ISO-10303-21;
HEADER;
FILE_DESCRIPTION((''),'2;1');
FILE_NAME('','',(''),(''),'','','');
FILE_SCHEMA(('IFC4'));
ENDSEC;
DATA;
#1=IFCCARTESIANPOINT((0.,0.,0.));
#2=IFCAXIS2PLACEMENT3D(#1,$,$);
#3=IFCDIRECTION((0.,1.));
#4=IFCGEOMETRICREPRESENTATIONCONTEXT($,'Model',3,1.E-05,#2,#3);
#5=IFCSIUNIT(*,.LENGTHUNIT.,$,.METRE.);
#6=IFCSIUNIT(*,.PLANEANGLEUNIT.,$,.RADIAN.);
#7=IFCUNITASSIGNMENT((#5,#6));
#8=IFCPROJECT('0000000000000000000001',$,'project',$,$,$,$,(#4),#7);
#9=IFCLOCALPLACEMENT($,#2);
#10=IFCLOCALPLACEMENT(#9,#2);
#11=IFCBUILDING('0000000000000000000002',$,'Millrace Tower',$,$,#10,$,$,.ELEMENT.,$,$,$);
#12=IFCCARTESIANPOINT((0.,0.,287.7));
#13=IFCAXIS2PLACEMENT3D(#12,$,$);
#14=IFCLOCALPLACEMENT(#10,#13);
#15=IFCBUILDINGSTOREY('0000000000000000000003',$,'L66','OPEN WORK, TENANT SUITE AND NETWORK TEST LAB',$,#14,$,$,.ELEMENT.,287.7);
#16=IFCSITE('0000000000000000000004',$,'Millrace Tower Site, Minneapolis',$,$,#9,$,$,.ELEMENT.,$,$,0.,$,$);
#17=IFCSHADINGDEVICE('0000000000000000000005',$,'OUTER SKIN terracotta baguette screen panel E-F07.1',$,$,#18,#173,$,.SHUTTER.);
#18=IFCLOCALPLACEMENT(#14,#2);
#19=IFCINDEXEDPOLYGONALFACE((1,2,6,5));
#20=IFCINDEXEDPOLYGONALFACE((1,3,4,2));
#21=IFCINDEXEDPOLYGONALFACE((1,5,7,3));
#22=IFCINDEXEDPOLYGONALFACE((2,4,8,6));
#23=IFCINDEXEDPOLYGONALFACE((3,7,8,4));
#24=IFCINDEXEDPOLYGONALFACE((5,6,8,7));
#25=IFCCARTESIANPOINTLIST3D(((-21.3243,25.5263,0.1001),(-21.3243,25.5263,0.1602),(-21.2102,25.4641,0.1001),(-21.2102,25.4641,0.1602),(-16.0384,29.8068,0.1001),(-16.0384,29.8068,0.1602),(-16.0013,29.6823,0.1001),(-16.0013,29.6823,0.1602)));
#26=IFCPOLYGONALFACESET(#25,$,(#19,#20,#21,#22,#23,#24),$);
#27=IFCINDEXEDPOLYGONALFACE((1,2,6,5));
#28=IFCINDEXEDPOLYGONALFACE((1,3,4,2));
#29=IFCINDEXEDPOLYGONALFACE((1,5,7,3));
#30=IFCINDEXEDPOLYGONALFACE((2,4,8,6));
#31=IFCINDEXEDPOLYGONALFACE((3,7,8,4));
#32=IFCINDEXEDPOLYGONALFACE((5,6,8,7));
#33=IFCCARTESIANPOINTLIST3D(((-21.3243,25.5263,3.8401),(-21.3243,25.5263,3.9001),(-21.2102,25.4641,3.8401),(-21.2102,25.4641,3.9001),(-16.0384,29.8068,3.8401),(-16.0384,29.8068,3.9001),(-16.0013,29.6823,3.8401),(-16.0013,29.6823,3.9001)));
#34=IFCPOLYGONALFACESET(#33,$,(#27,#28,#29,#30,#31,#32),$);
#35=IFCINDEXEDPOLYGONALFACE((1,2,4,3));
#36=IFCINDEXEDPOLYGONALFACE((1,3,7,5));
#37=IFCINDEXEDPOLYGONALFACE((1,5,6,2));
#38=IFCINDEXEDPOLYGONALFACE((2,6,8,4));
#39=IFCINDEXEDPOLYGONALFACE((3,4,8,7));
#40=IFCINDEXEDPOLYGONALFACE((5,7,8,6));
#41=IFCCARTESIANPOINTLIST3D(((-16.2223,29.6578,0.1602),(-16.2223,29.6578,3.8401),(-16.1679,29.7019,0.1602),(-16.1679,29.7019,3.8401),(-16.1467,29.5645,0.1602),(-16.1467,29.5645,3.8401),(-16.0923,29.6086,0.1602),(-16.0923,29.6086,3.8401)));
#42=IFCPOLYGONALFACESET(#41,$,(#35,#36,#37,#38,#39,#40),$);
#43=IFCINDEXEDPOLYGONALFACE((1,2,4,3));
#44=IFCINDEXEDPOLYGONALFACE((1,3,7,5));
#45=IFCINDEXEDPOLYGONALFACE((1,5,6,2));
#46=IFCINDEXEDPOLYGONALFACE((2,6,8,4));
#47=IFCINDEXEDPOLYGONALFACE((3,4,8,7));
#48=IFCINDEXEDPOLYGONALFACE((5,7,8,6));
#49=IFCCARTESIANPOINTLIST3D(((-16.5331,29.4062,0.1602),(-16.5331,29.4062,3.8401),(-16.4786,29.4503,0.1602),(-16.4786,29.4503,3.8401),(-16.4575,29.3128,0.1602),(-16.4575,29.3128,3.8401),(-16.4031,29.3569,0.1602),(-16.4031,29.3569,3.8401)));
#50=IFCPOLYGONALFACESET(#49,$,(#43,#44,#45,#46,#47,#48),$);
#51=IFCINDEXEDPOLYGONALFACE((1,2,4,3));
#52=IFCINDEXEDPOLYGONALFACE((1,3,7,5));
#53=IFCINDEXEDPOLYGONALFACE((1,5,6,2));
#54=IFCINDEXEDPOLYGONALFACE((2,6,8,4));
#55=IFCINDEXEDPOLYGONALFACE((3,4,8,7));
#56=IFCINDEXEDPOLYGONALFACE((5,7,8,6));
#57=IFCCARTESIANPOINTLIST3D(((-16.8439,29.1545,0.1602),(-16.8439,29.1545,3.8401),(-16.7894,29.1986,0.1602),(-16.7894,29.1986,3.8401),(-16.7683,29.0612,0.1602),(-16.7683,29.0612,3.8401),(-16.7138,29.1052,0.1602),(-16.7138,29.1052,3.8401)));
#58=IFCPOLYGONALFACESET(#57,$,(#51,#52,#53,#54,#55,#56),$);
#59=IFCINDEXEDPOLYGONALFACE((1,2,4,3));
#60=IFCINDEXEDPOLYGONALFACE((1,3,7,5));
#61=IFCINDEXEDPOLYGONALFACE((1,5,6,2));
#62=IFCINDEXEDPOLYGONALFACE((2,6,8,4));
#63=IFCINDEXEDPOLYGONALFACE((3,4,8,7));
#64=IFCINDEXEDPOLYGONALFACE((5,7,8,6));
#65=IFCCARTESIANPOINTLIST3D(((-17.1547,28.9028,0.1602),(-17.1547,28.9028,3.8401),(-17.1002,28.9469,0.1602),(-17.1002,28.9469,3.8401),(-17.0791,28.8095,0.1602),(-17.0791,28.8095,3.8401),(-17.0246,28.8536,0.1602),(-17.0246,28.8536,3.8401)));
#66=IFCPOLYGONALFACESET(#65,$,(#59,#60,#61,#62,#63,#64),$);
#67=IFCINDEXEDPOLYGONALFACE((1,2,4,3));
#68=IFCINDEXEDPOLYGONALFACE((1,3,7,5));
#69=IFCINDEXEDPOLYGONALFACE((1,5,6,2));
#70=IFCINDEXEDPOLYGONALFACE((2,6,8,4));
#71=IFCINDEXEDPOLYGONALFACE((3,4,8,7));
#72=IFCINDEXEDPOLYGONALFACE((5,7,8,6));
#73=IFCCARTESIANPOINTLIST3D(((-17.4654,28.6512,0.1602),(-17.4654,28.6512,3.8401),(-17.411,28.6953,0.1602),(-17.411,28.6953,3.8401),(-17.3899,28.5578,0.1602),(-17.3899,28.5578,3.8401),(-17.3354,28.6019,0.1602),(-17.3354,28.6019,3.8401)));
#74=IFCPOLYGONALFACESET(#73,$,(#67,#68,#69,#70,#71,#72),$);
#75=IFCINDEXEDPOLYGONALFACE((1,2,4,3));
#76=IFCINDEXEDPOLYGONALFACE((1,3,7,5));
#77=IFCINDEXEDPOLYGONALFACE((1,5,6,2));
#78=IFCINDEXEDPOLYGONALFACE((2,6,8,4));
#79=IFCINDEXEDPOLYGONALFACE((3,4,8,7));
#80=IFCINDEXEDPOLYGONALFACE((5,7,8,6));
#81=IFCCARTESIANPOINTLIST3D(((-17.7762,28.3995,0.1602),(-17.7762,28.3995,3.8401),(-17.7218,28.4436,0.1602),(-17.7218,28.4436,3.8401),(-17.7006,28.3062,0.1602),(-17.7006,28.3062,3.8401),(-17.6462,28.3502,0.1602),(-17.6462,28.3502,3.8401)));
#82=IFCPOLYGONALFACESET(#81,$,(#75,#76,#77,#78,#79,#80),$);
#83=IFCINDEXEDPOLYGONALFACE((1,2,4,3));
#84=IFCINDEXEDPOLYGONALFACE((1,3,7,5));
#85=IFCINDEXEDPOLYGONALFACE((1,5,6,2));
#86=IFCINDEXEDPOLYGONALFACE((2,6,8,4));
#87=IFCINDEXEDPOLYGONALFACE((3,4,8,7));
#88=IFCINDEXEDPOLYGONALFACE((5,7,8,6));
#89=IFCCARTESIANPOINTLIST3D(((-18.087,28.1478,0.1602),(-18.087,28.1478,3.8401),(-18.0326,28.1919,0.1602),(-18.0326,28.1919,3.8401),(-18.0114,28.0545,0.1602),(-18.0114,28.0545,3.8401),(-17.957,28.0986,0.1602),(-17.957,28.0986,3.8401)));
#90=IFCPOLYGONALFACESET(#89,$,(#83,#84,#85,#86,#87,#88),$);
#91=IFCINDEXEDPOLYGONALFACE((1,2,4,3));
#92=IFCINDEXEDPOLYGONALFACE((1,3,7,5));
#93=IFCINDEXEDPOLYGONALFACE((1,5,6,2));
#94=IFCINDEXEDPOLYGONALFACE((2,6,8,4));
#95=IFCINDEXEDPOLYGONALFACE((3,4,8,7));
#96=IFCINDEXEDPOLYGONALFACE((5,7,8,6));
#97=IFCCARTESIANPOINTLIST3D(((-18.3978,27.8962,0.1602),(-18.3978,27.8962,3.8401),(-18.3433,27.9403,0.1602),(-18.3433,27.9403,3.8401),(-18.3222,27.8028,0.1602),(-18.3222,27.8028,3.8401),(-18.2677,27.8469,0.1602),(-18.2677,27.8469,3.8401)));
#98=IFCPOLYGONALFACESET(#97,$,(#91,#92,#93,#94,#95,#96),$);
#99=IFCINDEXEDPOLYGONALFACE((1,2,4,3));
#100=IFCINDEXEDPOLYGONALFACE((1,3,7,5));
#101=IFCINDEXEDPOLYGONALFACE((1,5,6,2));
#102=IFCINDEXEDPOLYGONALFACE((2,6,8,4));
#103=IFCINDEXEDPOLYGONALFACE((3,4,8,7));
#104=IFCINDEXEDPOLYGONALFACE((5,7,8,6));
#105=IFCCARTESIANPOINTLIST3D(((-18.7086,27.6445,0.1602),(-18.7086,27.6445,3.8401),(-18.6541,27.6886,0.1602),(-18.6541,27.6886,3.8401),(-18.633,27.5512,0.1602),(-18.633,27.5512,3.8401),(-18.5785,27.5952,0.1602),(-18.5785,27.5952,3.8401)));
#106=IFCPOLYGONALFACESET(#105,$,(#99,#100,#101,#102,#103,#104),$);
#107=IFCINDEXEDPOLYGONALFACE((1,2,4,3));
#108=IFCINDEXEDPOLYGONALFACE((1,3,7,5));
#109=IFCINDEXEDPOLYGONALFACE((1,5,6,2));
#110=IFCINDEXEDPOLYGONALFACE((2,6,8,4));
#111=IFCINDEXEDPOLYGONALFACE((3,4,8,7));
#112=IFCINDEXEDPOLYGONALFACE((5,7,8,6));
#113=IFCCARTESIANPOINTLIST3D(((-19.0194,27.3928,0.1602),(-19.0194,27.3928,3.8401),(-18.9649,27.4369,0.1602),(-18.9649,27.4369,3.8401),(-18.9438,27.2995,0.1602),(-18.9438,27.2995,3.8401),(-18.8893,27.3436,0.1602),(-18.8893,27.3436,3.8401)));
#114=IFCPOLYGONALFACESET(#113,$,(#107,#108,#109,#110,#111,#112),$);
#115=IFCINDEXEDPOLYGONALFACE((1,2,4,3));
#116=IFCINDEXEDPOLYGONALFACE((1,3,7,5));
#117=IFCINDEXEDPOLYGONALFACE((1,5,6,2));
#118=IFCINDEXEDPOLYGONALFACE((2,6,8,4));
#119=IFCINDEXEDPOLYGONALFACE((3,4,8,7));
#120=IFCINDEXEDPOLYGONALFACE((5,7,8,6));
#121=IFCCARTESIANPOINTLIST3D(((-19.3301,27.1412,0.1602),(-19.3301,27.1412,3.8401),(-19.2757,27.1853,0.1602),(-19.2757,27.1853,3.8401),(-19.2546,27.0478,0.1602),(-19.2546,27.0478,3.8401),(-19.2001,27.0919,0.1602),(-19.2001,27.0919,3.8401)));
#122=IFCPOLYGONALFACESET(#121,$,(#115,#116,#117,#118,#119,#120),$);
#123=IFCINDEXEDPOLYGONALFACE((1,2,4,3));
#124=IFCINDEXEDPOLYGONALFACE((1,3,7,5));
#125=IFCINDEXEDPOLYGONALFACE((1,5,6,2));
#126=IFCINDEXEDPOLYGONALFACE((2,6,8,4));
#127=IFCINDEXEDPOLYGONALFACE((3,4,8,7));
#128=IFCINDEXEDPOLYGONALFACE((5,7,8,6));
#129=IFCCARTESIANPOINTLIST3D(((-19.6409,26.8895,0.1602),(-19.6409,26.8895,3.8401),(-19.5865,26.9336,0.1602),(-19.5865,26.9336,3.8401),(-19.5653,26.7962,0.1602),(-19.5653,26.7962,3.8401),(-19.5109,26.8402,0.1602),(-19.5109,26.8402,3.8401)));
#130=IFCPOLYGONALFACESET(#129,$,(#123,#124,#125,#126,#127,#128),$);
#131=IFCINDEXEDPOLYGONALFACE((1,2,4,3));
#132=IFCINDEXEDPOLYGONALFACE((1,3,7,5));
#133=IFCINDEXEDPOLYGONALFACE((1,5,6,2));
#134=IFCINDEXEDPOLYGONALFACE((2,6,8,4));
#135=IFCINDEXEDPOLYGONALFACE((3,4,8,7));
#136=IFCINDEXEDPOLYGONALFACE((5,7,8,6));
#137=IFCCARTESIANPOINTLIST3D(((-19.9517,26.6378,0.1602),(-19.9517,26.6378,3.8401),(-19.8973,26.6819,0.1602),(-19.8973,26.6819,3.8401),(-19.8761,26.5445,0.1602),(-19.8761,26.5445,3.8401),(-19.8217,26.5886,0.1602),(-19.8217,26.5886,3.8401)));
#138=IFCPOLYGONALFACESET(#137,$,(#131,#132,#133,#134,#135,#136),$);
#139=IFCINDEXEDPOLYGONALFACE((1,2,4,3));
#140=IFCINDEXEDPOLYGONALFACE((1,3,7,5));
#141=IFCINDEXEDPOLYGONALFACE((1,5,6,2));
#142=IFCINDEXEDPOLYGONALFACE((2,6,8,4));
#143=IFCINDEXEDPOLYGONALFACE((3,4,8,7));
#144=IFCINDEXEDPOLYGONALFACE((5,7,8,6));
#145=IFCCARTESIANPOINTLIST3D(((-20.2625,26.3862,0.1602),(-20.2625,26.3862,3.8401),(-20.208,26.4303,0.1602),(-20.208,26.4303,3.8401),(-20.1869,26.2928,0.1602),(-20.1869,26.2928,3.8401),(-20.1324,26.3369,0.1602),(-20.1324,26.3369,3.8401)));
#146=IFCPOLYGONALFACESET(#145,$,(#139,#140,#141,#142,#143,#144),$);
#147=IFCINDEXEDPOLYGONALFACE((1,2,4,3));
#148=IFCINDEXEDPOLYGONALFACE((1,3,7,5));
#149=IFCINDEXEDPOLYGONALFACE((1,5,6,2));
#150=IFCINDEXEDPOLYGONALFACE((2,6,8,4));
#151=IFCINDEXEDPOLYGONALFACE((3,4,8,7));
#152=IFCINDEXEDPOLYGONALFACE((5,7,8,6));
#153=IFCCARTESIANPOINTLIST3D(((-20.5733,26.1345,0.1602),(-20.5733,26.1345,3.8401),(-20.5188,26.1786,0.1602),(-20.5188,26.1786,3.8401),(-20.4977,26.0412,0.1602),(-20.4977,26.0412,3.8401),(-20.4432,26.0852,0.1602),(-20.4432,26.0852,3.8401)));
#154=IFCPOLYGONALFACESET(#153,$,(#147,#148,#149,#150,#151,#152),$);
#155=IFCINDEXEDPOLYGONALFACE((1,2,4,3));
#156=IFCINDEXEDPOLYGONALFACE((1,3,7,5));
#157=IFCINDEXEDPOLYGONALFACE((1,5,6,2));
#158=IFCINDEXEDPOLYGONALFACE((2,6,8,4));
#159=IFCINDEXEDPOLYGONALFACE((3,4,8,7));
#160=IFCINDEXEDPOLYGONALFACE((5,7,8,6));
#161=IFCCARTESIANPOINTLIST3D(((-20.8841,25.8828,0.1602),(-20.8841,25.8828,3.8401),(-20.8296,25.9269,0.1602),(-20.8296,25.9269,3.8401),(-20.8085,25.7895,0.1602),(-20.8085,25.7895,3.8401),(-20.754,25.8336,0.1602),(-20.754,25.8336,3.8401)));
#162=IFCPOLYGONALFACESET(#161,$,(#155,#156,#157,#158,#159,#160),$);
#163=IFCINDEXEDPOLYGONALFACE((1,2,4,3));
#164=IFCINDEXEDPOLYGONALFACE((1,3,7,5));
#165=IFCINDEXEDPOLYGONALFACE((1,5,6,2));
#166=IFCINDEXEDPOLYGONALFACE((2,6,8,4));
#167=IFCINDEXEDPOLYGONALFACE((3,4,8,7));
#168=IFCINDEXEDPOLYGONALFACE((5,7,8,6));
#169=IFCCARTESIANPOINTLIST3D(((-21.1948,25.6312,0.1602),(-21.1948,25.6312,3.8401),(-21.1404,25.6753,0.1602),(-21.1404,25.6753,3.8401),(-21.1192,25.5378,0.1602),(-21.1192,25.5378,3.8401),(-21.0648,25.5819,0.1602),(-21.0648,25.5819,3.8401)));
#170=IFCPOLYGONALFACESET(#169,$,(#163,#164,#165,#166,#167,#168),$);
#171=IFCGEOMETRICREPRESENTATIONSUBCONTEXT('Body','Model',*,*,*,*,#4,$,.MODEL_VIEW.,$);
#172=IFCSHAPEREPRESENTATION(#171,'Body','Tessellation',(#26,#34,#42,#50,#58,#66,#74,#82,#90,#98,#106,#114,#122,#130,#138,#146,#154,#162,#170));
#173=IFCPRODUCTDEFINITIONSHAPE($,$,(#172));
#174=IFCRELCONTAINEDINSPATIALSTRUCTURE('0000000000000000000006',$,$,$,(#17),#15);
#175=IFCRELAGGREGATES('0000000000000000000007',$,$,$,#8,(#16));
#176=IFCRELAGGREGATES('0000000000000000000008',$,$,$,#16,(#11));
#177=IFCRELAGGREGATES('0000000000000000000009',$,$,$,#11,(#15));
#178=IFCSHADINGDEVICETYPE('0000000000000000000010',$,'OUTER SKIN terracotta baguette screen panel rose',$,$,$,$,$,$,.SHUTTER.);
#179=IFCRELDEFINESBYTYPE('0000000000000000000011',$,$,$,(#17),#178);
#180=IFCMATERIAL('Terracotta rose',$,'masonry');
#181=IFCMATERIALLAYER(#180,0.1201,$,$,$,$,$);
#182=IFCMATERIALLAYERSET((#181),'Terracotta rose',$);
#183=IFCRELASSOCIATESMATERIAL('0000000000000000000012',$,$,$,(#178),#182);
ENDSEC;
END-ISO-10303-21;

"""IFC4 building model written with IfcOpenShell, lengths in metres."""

from ifc_helpers import new_model, entity, si_unit, direction, frame, frame_2d, origin, origin_2d, place, context, subcontext, project, spatial, rectangle, extrude, source, transform, mapped, material, layer, layer_set, type_object, element, save


model = new_model("IFC4")

# Units and contexts
model_context = context("Model", 3, precision=1e-05, world=origin(), true_north=direction((0.0, 1.0)))
body_context = subcontext(model_context, "Body", "Model", "MODEL_VIEW")
ifc_project = project(units=[si_unit("LENGTHUNIT", "METRE"), si_unit("PLANEANGLEUNIT", "RADIAN")], contexts=[model_context])

# Site, building, storey
site_placement = place(None, origin())
site = spatial("IfcSite", under=ifc_project, at=site_placement, Name="Millrace Tower Site, Minneapolis", CompositionType="ELEMENT", RefElevation=0.0)
building_placement = place(site_placement, origin())
building = spatial("IfcBuilding", under=site, at=building_placement, Name="Millrace Tower", CompositionType="ELEMENT")
storey_placement = place(building_placement, frame((0.0, 0.0, 287.7)))
storey = spatial("IfcBuildingStorey", under=building, at=storey_placement, Name="L66", Description="OPEN WORK, TENANT SUITE AND NETWORK TEST LAB", CompositionType="ELEMENT", Elevation=287.7)

# Shading device
ifc_material_1 = material(Name="Terracotta rose", Category="masonry")
ifc_layer_1 = layer(ifc_material_1, 0.1201)
ifc_layer_set_1 = layer_set([ifc_layer_1], Name="Terracotta rose")
shading_device_type = type_object("IfcShadingDeviceType", Name="OUTER SKIN terracotta baguette screen panel rose", PredefinedType="SHUTTER", material=ifc_layer_set_1)
cartesian_point_1 = entity("IfcCartesianPoint", [-3.3513, 0.0601])
shared_polyline_1 = entity("IfcPolyline", [cartesian_point_1, entity("IfcCartesianPoint", [3.3513, 0.0601]), entity("IfcCartesianPoint", [3.4009, -0.0601]), entity("IfcCartesianPoint", [-3.4009, -0.0601]), cartesian_point_1])
shared_shape_1 = source(origin(), body_context, "Body", "SweptSolid", [
    entity("IfcExtrudedAreaSolid", entity("IfcArbitraryClosedProfileDef", "AREA", None, shared_polyline_1), entity("IfcAxis2Placement3D", entity("IfcCartesianPoint", [0.0, 0.0, 0.0])), entity("IfcDirection", [0.0, 0.0, 1.0]), 0.0601),
    entity("IfcExtrudedAreaSolid", entity("IfcArbitraryClosedProfileDef", "AREA", None, shared_polyline_1), entity("IfcAxis2Placement3D", entity("IfcCartesianPoint", [0.0, 0.0, 3.74])), entity("IfcDirection", [0.0, 0.0, 1.0]), 0.0601),
    extrude(rectangle(XDim=0.0701, YDim=0.1201, at=frame_2d((-3.1992, 0.0))), frame((0.0, 0.0, 0.0601)), (0.0, 0.0, 1.0), 3.6799),
    extrude(rectangle(XDim=0.0701, YDim=0.1201, at=frame_2d((-2.7993, 0.0))), frame((0.0, 0.0, 0.0601)), (0.0, 0.0, 1.0), 3.6799),
    extrude(rectangle(XDim=0.0701, YDim=0.1201, at=frame_2d((-2.3994, 0.0))), frame((0.0, 0.0, 0.0601)), (0.0, 0.0, 1.0), 3.6799),
    extrude(rectangle(XDim=0.0701, YDim=0.1201, at=frame_2d((-1.9995, 0.0))), frame((0.0, 0.0, 0.0601)), (0.0, 0.0, 1.0), 3.6799),
    extrude(rectangle(XDim=0.0701, YDim=0.1201, at=frame_2d((-1.5996, 0.0))), frame((0.0, 0.0, 0.0601)), (0.0, 0.0, 1.0), 3.6799),
    extrude(rectangle(XDim=0.0701, YDim=0.1201, at=frame_2d((-1.1997, 0.0))), frame((0.0, 0.0, 0.0601)), (0.0, 0.0, 1.0), 3.6799),
    extrude(rectangle(XDim=0.0701, YDim=0.1201, at=frame_2d((-0.7998, 0.0))), frame((0.0, 0.0, 0.0601)), (0.0, 0.0, 1.0), 3.6799),
    extrude(rectangle(XDim=0.0701, YDim=0.1201, at=frame_2d((-0.3999, 0.0))), frame((0.0, 0.0, 0.0601)), (0.0, 0.0, 1.0), 3.6799),
    extrude(rectangle(XDim=0.0701, YDim=0.1201, at=origin_2d()), frame((0.0, 0.0, 0.0601)), (0.0, 0.0, 1.0), 3.6799),
    extrude(rectangle(XDim=0.0701, YDim=0.1201, at=frame_2d((0.3999, 0.0))), frame((0.0, 0.0, 0.0601)), (0.0, 0.0, 1.0), 3.6799),
    extrude(rectangle(XDim=0.0701, YDim=0.1201, at=frame_2d((0.7998, 0.0))), frame((0.0, 0.0, 0.0601)), (0.0, 0.0, 1.0), 3.6799),
    extrude(rectangle(XDim=0.0701, YDim=0.1201, at=frame_2d((1.1997, 0.0))), frame((0.0, 0.0, 0.0601)), (0.0, 0.0, 1.0), 3.6799),
    extrude(rectangle(XDim=0.0701, YDim=0.1201, at=frame_2d((1.5996, 0.0))), frame((0.0, 0.0, 0.0601)), (0.0, 0.0, 1.0), 3.6799),
    extrude(rectangle(XDim=0.0701, YDim=0.1201, at=frame_2d((1.9995, 0.0))), frame((0.0, 0.0, 0.0601)), (0.0, 0.0, 1.0), 3.6799),
    extrude(rectangle(XDim=0.0701, YDim=0.1201, at=frame_2d((2.3994, 0.0))), frame((0.0, 0.0, 0.0601)), (0.0, 0.0, 1.0), 3.6799),
    extrude(rectangle(XDim=0.0701, YDim=0.1201, at=frame_2d((2.7993, 0.0))), frame((0.0, 0.0, 0.0601)), (0.0, 0.0, 1.0), 3.6799),
    extrude(rectangle(XDim=0.0701, YDim=0.1201, at=frame_2d((3.1992, 0.0))), frame((0.0, 0.0, 0.0601)), (0.0, 0.0, 1.0), 3.6799),
])
shading_device_1_placement = place(storey_placement, frame((-18.6436, 27.6199, 0.1001), z_axis=(0.0, 0.0, 1.0), x_axis=(-0.777146, -0.62932, 0.0)))
element("IfcShadingDevice", 1, at=shading_device_1_placement, inside=storey, type_object=shading_device_type, Name="OUTER SKIN terracotta baguette screen panel E-F07.1", PredefinedType="SHUTTER", context=body_context, shape_type="MappedRepresentation", body=[
    mapped(shared_shape_1, transform((0.0, 0.0, 0.0), scale=1.0)),
])

save(model, "model.ifc")
